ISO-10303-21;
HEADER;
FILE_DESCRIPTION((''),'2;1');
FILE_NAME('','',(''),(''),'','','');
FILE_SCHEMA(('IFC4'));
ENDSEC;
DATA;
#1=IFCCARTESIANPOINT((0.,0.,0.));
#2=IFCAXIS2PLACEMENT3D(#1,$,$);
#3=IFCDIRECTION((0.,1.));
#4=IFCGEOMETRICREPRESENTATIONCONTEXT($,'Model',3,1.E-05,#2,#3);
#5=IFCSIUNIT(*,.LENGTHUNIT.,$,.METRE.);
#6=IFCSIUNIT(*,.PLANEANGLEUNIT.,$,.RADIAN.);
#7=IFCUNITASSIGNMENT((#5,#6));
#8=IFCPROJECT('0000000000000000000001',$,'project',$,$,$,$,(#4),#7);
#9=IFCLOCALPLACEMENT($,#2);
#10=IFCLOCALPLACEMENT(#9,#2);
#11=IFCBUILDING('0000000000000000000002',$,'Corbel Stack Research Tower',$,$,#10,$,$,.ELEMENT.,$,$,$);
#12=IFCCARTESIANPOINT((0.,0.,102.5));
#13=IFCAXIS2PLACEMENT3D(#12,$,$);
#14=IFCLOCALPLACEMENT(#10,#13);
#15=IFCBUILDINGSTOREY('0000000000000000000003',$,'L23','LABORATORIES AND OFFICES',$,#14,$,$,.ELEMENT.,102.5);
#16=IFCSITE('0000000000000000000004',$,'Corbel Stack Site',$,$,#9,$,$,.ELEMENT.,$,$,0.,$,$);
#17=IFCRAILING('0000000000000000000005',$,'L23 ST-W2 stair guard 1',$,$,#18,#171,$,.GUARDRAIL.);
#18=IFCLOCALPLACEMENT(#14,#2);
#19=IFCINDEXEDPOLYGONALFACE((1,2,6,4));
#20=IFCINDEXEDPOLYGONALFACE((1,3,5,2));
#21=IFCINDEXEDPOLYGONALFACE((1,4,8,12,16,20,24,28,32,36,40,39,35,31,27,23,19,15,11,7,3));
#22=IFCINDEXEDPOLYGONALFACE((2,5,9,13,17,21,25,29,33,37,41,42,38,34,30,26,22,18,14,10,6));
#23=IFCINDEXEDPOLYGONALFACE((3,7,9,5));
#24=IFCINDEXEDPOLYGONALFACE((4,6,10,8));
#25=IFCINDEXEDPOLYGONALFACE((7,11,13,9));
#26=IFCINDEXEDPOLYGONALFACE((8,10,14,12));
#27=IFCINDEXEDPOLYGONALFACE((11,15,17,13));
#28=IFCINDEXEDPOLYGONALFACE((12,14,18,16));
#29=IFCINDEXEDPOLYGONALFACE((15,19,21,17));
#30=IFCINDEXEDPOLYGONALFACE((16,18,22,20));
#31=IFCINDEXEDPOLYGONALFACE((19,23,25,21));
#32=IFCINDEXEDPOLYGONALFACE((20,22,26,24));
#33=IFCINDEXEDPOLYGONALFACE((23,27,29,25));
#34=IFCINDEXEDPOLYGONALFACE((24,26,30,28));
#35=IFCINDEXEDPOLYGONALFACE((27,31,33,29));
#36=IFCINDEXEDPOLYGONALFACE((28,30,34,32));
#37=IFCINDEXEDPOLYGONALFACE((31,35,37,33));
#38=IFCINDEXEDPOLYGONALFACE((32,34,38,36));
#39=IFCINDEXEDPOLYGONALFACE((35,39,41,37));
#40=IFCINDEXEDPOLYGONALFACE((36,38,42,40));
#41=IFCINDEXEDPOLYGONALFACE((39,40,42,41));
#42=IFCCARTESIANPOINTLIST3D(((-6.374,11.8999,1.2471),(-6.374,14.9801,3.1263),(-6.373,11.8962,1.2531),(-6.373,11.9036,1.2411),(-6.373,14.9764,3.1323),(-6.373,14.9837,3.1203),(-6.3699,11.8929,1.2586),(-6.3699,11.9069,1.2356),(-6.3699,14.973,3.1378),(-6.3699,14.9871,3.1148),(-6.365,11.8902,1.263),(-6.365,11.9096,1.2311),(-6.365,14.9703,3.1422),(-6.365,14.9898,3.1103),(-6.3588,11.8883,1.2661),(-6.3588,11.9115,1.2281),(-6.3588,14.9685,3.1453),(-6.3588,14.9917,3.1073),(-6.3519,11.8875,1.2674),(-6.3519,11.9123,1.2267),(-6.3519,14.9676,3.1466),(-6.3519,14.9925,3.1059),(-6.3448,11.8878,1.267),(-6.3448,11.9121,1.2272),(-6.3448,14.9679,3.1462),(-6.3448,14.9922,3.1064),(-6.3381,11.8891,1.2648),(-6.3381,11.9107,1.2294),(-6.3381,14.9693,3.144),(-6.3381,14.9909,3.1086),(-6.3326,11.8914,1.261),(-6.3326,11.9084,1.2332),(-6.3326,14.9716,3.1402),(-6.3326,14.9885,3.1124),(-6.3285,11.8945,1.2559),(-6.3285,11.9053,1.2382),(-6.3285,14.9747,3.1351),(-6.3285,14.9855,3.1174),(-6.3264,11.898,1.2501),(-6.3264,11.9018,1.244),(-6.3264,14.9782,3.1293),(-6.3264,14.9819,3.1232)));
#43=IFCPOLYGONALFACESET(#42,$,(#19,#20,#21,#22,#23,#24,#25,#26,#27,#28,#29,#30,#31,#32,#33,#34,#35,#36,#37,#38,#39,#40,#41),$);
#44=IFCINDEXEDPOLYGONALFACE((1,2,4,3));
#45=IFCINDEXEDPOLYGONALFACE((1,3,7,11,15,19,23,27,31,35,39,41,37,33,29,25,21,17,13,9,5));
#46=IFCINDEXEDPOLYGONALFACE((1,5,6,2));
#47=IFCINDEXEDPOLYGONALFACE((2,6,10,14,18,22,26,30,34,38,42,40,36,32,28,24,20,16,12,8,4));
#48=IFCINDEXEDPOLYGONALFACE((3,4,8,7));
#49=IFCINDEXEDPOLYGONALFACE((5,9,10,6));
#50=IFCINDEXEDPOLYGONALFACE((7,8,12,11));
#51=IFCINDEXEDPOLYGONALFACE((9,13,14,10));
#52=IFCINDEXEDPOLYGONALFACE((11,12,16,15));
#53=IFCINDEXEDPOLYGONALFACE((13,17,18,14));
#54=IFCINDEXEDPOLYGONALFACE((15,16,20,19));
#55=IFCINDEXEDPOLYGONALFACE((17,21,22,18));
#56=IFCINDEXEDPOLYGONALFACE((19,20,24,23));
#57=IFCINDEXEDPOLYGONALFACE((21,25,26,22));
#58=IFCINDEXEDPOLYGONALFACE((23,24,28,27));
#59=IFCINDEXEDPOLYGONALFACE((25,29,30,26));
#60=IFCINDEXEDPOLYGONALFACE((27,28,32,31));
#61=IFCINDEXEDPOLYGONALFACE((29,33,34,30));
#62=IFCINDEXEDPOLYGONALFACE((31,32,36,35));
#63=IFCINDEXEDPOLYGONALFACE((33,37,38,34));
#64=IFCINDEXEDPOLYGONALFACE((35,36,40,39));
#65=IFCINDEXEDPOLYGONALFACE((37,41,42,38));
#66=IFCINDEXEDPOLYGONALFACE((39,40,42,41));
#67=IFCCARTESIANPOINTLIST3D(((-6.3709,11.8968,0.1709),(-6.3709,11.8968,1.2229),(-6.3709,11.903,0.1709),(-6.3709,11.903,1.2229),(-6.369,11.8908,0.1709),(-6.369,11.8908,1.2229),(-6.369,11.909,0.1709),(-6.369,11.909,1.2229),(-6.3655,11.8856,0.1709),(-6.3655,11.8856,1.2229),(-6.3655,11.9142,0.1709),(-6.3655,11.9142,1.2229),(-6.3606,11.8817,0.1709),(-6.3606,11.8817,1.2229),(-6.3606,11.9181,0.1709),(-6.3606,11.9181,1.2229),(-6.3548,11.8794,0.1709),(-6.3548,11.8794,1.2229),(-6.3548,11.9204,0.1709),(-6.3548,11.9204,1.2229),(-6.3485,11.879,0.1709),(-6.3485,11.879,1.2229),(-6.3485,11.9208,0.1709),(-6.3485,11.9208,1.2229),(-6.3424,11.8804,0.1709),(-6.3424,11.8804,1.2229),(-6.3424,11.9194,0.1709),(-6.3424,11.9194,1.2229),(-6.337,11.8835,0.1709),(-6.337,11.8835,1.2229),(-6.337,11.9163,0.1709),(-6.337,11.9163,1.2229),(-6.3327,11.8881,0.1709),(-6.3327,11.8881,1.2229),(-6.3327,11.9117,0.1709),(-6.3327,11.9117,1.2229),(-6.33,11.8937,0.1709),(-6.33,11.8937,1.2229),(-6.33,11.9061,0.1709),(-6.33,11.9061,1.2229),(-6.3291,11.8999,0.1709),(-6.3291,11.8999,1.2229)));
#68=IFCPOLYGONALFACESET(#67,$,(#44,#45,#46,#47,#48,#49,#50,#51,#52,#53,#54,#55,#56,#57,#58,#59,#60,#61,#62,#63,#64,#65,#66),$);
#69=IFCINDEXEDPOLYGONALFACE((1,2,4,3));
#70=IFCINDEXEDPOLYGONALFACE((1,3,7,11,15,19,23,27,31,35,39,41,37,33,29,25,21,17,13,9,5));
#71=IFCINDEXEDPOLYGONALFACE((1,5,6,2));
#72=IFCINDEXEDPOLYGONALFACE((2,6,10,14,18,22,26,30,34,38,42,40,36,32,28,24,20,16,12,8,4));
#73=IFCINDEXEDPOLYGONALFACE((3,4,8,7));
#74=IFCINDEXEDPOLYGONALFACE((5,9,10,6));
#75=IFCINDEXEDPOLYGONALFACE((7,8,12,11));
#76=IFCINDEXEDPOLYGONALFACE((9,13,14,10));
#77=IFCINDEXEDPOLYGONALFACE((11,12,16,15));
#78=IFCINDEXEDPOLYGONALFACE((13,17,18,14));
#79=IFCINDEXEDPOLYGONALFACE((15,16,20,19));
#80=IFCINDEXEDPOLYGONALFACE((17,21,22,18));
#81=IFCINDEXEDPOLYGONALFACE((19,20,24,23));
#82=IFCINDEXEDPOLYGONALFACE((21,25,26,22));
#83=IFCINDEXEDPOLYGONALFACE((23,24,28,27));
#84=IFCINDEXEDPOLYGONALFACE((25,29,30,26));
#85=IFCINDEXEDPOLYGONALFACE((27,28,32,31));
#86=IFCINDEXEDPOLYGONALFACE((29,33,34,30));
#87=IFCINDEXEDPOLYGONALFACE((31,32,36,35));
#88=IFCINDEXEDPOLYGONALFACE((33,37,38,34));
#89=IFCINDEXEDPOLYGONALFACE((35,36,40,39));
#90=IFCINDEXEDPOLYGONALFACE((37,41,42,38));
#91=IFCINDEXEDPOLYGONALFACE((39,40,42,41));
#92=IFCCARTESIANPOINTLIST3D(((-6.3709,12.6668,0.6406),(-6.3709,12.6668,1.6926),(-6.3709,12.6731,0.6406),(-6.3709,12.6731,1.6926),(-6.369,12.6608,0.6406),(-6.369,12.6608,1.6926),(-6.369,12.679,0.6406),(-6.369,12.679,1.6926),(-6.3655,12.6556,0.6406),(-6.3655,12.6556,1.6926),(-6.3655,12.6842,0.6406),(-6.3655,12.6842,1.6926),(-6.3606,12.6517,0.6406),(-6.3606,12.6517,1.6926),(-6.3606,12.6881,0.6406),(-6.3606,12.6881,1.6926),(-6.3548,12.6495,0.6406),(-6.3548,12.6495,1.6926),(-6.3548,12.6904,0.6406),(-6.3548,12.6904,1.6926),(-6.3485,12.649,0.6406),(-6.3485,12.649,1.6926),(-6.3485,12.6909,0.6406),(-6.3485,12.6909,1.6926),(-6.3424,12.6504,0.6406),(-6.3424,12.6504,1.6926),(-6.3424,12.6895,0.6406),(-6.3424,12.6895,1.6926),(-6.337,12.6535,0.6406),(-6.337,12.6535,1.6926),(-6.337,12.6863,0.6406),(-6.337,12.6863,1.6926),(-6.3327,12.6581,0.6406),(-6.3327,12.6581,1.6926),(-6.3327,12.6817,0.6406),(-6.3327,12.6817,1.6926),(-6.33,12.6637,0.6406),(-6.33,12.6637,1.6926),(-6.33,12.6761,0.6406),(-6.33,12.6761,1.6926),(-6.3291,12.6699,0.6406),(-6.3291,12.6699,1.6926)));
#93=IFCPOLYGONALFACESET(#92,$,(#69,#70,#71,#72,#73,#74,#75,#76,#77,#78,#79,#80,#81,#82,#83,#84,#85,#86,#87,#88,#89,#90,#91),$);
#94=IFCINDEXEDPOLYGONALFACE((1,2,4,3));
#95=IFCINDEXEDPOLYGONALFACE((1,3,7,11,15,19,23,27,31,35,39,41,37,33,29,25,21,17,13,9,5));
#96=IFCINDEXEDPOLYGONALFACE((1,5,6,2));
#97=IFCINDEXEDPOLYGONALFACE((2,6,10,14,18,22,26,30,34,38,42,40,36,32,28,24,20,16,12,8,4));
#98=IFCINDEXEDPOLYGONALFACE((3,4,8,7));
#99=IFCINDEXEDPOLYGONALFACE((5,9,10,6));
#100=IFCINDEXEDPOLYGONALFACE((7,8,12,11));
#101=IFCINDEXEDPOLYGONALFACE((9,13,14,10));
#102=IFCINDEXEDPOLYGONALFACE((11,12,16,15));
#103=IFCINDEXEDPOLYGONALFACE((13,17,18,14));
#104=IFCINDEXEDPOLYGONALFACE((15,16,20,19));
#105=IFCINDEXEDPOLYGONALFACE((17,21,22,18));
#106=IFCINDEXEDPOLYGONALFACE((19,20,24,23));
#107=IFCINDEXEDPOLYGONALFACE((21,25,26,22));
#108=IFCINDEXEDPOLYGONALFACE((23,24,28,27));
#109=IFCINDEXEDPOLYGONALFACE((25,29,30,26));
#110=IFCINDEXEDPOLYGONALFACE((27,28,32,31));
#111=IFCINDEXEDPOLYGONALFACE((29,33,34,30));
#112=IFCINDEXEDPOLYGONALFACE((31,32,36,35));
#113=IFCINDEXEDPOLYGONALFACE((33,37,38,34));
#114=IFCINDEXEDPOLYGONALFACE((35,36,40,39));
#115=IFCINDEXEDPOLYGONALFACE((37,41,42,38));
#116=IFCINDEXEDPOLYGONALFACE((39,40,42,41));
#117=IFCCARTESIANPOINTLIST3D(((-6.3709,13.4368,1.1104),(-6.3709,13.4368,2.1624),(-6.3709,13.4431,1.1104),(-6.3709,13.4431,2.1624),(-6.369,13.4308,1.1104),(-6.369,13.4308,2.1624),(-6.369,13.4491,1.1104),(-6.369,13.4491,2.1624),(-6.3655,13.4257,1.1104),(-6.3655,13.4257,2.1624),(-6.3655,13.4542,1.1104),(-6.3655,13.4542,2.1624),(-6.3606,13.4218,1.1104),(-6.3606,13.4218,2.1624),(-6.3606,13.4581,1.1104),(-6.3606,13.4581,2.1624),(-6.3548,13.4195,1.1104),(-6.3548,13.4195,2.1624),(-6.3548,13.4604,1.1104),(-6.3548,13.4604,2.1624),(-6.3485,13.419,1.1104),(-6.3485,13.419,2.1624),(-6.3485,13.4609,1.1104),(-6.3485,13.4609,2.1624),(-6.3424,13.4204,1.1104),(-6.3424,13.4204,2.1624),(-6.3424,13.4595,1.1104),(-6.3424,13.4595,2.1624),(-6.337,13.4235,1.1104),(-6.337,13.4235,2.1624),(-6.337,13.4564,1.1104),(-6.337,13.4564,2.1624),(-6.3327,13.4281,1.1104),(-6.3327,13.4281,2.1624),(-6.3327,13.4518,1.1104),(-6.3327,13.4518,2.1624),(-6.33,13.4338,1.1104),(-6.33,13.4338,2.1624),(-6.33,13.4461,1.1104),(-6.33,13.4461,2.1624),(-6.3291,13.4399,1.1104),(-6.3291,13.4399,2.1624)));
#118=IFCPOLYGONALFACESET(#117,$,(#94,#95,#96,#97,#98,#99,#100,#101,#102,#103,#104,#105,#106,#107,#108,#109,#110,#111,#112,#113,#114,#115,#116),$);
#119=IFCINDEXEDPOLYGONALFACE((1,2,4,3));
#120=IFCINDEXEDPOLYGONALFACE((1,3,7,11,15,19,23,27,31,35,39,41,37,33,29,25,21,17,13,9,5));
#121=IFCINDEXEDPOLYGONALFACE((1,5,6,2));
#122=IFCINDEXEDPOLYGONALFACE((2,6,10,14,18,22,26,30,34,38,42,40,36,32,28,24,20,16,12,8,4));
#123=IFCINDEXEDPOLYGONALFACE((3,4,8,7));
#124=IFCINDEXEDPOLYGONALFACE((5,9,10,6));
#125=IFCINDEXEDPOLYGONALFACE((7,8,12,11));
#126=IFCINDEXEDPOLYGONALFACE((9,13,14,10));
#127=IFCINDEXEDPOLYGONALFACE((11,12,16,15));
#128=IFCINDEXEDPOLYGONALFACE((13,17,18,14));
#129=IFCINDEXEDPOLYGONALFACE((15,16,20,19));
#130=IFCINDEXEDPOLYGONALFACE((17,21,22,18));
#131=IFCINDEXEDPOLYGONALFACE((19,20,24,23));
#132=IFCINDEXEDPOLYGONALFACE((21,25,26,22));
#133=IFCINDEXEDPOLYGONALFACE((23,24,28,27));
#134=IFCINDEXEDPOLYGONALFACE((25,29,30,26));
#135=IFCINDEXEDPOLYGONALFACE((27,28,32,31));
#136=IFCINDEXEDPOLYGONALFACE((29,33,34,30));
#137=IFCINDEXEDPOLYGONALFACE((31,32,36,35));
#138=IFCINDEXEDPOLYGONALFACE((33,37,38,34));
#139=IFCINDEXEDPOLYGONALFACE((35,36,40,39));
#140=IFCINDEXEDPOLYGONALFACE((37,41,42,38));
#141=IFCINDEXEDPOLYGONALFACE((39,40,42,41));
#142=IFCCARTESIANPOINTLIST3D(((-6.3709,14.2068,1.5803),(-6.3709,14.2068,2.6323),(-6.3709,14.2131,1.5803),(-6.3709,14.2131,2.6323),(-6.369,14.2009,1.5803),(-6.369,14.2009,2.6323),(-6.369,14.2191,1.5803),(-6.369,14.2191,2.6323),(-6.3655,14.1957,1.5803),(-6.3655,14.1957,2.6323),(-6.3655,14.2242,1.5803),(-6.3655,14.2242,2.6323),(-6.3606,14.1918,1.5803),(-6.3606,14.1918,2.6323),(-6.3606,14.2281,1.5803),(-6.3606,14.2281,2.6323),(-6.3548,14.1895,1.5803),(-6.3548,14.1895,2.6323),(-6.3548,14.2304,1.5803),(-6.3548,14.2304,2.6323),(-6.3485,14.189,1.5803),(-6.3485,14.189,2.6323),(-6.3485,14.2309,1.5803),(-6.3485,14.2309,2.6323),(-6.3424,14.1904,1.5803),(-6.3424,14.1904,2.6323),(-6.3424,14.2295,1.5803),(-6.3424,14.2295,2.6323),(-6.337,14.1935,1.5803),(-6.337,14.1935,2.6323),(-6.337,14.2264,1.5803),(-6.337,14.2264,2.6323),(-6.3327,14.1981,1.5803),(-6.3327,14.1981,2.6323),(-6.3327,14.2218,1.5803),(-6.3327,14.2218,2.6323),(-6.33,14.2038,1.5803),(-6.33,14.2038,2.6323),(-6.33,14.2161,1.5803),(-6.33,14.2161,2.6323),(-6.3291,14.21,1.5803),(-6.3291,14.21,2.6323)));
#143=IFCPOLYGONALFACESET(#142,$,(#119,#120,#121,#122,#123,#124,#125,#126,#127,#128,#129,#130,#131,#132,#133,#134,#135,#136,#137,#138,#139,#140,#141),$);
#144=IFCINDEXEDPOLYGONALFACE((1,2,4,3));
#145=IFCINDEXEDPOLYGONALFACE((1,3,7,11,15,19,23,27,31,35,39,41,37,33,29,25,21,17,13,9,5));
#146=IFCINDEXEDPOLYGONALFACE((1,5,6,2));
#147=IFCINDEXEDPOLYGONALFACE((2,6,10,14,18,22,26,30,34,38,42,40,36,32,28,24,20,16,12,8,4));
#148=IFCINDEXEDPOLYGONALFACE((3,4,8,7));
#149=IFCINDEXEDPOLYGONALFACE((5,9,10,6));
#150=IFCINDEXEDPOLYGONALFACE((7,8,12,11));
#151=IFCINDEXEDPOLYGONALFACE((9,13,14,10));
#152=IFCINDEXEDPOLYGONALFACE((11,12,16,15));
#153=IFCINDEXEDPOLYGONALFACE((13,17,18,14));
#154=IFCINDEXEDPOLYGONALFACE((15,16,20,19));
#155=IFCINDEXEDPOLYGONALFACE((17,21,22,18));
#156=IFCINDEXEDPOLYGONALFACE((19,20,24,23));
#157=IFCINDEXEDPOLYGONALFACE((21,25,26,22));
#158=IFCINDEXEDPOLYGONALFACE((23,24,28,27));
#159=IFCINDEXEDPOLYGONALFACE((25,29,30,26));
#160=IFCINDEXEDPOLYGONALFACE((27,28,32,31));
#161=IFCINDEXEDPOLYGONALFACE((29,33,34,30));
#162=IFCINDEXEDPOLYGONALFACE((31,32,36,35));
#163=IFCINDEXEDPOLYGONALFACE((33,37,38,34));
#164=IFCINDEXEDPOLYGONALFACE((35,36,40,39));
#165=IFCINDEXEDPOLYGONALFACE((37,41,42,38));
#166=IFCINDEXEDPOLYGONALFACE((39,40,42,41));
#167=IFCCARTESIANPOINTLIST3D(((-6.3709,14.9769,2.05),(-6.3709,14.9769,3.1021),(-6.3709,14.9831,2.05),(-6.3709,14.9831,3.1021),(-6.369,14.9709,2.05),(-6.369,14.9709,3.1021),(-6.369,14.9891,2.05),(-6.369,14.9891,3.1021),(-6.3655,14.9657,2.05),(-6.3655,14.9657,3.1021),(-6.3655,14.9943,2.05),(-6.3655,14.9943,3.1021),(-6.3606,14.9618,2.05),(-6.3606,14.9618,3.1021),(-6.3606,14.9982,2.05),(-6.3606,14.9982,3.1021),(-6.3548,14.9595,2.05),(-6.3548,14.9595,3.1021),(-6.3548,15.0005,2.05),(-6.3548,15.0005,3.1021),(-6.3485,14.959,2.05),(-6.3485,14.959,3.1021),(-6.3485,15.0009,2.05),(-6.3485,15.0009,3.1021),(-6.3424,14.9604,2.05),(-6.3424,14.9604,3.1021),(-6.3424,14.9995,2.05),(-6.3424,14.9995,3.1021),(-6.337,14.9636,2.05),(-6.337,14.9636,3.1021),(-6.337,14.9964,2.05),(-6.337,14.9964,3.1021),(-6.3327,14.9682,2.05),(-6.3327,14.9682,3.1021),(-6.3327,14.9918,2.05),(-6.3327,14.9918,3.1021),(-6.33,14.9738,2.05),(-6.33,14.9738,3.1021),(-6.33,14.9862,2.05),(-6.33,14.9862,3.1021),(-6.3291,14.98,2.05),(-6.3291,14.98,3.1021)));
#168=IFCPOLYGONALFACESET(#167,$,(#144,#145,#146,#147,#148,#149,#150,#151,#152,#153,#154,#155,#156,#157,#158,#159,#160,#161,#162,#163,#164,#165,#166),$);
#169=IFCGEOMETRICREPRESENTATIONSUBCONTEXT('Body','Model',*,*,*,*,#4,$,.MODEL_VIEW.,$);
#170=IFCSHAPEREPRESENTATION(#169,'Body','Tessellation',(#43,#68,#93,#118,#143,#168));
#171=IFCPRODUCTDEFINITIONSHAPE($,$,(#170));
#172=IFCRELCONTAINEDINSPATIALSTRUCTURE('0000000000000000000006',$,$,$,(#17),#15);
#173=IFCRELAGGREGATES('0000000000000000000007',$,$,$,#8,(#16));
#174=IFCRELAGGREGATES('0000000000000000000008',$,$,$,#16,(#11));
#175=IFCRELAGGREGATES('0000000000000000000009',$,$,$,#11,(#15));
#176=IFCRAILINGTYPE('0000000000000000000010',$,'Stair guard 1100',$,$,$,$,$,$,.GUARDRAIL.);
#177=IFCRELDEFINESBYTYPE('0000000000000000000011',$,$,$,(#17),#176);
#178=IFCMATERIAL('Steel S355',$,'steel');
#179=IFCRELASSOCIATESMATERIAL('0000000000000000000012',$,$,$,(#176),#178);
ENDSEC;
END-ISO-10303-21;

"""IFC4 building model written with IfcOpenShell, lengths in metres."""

from ifc_helpers import new_model, si_unit, direction, frame, origin, origin_2d, place, context, subcontext, project, spatial, circle, extrude, material, type_object, element, save


model = new_model("IFC4")

# Units and contexts
model_context = context("Model", 3, precision=1e-05, world=origin(), true_north=direction((0.0, 1.0)))
body_context = subcontext(model_context, "Body", "Model", "MODEL_VIEW")
ifc_project = project(units=[si_unit("LENGTHUNIT", "METRE"), si_unit("PLANEANGLEUNIT", "RADIAN")], contexts=[model_context])

# Site, building, storey
site_placement = place(None, origin())
site = spatial("IfcSite", under=ifc_project, at=site_placement, Name="Corbel Stack Site", CompositionType="ELEMENT", RefElevation=0.0)
building_placement = place(site_placement, origin())
building = spatial("IfcBuilding", under=site, at=building_placement, Name="Corbel Stack Research Tower", CompositionType="ELEMENT")
storey_placement = place(building_placement, frame((0.0, 0.0, 102.5)))
storey = spatial("IfcBuildingStorey", under=building, at=storey_placement, Name="L23", Description="LABORATORIES AND OFFICES", CompositionType="ELEMENT", Elevation=102.5)

# Railing
ifc_material_1 = material(Name="Steel S355", Category="steel")
railing_type_1 = type_object("IfcRailingType", Name="Stair guard 1100", PredefinedType="GUARDRAIL", material=ifc_material_1)
railing_1_placement = place(storey_placement, frame((-6.3501, 11.8999, 0.1709)))
element("IfcRailing", 1, at=railing_1_placement, inside=storey, type_object=railing_type_1, Name="L23 ST-W2 stair guard 1", PredefinedType="GUARDRAIL", context=body_context, shape_type="SweptSolid", body=[
    extrude(circle(Radius=0.0239, at=origin_2d()), frame((0.0, 0.0, 1.0762), z_axis=(0.0, 0.853666, 0.52082), x_axis=(-1.0, 0.0, 0.0)), (0.0, 0.0, 1.0), 3.6082),
    extrude(circle(Radius=0.021, at=origin_2d()), origin(), (0.0, 0.0, 1.0), 1.052),
    extrude(circle(Radius=0.021, at=origin_2d()), frame((0.0, 0.77, 0.4697)), (0.0, 0.0, 1.0), 1.052),
    extrude(circle(Radius=0.021, at=origin_2d()), frame((0.0, 1.54, 0.9395)), (0.0, 0.0, 1.0), 1.052),
    extrude(circle(Radius=0.021, at=origin_2d()), frame((0.0, 2.3101, 1.4094)), (0.0, 0.0, 1.0), 1.052),
    extrude(circle(Radius=0.021, at=origin_2d()), frame((0.0, 3.0801, 1.8792)), (0.0, 0.0, 1.0), 1.052),
])

save(model, "model.ifc")
